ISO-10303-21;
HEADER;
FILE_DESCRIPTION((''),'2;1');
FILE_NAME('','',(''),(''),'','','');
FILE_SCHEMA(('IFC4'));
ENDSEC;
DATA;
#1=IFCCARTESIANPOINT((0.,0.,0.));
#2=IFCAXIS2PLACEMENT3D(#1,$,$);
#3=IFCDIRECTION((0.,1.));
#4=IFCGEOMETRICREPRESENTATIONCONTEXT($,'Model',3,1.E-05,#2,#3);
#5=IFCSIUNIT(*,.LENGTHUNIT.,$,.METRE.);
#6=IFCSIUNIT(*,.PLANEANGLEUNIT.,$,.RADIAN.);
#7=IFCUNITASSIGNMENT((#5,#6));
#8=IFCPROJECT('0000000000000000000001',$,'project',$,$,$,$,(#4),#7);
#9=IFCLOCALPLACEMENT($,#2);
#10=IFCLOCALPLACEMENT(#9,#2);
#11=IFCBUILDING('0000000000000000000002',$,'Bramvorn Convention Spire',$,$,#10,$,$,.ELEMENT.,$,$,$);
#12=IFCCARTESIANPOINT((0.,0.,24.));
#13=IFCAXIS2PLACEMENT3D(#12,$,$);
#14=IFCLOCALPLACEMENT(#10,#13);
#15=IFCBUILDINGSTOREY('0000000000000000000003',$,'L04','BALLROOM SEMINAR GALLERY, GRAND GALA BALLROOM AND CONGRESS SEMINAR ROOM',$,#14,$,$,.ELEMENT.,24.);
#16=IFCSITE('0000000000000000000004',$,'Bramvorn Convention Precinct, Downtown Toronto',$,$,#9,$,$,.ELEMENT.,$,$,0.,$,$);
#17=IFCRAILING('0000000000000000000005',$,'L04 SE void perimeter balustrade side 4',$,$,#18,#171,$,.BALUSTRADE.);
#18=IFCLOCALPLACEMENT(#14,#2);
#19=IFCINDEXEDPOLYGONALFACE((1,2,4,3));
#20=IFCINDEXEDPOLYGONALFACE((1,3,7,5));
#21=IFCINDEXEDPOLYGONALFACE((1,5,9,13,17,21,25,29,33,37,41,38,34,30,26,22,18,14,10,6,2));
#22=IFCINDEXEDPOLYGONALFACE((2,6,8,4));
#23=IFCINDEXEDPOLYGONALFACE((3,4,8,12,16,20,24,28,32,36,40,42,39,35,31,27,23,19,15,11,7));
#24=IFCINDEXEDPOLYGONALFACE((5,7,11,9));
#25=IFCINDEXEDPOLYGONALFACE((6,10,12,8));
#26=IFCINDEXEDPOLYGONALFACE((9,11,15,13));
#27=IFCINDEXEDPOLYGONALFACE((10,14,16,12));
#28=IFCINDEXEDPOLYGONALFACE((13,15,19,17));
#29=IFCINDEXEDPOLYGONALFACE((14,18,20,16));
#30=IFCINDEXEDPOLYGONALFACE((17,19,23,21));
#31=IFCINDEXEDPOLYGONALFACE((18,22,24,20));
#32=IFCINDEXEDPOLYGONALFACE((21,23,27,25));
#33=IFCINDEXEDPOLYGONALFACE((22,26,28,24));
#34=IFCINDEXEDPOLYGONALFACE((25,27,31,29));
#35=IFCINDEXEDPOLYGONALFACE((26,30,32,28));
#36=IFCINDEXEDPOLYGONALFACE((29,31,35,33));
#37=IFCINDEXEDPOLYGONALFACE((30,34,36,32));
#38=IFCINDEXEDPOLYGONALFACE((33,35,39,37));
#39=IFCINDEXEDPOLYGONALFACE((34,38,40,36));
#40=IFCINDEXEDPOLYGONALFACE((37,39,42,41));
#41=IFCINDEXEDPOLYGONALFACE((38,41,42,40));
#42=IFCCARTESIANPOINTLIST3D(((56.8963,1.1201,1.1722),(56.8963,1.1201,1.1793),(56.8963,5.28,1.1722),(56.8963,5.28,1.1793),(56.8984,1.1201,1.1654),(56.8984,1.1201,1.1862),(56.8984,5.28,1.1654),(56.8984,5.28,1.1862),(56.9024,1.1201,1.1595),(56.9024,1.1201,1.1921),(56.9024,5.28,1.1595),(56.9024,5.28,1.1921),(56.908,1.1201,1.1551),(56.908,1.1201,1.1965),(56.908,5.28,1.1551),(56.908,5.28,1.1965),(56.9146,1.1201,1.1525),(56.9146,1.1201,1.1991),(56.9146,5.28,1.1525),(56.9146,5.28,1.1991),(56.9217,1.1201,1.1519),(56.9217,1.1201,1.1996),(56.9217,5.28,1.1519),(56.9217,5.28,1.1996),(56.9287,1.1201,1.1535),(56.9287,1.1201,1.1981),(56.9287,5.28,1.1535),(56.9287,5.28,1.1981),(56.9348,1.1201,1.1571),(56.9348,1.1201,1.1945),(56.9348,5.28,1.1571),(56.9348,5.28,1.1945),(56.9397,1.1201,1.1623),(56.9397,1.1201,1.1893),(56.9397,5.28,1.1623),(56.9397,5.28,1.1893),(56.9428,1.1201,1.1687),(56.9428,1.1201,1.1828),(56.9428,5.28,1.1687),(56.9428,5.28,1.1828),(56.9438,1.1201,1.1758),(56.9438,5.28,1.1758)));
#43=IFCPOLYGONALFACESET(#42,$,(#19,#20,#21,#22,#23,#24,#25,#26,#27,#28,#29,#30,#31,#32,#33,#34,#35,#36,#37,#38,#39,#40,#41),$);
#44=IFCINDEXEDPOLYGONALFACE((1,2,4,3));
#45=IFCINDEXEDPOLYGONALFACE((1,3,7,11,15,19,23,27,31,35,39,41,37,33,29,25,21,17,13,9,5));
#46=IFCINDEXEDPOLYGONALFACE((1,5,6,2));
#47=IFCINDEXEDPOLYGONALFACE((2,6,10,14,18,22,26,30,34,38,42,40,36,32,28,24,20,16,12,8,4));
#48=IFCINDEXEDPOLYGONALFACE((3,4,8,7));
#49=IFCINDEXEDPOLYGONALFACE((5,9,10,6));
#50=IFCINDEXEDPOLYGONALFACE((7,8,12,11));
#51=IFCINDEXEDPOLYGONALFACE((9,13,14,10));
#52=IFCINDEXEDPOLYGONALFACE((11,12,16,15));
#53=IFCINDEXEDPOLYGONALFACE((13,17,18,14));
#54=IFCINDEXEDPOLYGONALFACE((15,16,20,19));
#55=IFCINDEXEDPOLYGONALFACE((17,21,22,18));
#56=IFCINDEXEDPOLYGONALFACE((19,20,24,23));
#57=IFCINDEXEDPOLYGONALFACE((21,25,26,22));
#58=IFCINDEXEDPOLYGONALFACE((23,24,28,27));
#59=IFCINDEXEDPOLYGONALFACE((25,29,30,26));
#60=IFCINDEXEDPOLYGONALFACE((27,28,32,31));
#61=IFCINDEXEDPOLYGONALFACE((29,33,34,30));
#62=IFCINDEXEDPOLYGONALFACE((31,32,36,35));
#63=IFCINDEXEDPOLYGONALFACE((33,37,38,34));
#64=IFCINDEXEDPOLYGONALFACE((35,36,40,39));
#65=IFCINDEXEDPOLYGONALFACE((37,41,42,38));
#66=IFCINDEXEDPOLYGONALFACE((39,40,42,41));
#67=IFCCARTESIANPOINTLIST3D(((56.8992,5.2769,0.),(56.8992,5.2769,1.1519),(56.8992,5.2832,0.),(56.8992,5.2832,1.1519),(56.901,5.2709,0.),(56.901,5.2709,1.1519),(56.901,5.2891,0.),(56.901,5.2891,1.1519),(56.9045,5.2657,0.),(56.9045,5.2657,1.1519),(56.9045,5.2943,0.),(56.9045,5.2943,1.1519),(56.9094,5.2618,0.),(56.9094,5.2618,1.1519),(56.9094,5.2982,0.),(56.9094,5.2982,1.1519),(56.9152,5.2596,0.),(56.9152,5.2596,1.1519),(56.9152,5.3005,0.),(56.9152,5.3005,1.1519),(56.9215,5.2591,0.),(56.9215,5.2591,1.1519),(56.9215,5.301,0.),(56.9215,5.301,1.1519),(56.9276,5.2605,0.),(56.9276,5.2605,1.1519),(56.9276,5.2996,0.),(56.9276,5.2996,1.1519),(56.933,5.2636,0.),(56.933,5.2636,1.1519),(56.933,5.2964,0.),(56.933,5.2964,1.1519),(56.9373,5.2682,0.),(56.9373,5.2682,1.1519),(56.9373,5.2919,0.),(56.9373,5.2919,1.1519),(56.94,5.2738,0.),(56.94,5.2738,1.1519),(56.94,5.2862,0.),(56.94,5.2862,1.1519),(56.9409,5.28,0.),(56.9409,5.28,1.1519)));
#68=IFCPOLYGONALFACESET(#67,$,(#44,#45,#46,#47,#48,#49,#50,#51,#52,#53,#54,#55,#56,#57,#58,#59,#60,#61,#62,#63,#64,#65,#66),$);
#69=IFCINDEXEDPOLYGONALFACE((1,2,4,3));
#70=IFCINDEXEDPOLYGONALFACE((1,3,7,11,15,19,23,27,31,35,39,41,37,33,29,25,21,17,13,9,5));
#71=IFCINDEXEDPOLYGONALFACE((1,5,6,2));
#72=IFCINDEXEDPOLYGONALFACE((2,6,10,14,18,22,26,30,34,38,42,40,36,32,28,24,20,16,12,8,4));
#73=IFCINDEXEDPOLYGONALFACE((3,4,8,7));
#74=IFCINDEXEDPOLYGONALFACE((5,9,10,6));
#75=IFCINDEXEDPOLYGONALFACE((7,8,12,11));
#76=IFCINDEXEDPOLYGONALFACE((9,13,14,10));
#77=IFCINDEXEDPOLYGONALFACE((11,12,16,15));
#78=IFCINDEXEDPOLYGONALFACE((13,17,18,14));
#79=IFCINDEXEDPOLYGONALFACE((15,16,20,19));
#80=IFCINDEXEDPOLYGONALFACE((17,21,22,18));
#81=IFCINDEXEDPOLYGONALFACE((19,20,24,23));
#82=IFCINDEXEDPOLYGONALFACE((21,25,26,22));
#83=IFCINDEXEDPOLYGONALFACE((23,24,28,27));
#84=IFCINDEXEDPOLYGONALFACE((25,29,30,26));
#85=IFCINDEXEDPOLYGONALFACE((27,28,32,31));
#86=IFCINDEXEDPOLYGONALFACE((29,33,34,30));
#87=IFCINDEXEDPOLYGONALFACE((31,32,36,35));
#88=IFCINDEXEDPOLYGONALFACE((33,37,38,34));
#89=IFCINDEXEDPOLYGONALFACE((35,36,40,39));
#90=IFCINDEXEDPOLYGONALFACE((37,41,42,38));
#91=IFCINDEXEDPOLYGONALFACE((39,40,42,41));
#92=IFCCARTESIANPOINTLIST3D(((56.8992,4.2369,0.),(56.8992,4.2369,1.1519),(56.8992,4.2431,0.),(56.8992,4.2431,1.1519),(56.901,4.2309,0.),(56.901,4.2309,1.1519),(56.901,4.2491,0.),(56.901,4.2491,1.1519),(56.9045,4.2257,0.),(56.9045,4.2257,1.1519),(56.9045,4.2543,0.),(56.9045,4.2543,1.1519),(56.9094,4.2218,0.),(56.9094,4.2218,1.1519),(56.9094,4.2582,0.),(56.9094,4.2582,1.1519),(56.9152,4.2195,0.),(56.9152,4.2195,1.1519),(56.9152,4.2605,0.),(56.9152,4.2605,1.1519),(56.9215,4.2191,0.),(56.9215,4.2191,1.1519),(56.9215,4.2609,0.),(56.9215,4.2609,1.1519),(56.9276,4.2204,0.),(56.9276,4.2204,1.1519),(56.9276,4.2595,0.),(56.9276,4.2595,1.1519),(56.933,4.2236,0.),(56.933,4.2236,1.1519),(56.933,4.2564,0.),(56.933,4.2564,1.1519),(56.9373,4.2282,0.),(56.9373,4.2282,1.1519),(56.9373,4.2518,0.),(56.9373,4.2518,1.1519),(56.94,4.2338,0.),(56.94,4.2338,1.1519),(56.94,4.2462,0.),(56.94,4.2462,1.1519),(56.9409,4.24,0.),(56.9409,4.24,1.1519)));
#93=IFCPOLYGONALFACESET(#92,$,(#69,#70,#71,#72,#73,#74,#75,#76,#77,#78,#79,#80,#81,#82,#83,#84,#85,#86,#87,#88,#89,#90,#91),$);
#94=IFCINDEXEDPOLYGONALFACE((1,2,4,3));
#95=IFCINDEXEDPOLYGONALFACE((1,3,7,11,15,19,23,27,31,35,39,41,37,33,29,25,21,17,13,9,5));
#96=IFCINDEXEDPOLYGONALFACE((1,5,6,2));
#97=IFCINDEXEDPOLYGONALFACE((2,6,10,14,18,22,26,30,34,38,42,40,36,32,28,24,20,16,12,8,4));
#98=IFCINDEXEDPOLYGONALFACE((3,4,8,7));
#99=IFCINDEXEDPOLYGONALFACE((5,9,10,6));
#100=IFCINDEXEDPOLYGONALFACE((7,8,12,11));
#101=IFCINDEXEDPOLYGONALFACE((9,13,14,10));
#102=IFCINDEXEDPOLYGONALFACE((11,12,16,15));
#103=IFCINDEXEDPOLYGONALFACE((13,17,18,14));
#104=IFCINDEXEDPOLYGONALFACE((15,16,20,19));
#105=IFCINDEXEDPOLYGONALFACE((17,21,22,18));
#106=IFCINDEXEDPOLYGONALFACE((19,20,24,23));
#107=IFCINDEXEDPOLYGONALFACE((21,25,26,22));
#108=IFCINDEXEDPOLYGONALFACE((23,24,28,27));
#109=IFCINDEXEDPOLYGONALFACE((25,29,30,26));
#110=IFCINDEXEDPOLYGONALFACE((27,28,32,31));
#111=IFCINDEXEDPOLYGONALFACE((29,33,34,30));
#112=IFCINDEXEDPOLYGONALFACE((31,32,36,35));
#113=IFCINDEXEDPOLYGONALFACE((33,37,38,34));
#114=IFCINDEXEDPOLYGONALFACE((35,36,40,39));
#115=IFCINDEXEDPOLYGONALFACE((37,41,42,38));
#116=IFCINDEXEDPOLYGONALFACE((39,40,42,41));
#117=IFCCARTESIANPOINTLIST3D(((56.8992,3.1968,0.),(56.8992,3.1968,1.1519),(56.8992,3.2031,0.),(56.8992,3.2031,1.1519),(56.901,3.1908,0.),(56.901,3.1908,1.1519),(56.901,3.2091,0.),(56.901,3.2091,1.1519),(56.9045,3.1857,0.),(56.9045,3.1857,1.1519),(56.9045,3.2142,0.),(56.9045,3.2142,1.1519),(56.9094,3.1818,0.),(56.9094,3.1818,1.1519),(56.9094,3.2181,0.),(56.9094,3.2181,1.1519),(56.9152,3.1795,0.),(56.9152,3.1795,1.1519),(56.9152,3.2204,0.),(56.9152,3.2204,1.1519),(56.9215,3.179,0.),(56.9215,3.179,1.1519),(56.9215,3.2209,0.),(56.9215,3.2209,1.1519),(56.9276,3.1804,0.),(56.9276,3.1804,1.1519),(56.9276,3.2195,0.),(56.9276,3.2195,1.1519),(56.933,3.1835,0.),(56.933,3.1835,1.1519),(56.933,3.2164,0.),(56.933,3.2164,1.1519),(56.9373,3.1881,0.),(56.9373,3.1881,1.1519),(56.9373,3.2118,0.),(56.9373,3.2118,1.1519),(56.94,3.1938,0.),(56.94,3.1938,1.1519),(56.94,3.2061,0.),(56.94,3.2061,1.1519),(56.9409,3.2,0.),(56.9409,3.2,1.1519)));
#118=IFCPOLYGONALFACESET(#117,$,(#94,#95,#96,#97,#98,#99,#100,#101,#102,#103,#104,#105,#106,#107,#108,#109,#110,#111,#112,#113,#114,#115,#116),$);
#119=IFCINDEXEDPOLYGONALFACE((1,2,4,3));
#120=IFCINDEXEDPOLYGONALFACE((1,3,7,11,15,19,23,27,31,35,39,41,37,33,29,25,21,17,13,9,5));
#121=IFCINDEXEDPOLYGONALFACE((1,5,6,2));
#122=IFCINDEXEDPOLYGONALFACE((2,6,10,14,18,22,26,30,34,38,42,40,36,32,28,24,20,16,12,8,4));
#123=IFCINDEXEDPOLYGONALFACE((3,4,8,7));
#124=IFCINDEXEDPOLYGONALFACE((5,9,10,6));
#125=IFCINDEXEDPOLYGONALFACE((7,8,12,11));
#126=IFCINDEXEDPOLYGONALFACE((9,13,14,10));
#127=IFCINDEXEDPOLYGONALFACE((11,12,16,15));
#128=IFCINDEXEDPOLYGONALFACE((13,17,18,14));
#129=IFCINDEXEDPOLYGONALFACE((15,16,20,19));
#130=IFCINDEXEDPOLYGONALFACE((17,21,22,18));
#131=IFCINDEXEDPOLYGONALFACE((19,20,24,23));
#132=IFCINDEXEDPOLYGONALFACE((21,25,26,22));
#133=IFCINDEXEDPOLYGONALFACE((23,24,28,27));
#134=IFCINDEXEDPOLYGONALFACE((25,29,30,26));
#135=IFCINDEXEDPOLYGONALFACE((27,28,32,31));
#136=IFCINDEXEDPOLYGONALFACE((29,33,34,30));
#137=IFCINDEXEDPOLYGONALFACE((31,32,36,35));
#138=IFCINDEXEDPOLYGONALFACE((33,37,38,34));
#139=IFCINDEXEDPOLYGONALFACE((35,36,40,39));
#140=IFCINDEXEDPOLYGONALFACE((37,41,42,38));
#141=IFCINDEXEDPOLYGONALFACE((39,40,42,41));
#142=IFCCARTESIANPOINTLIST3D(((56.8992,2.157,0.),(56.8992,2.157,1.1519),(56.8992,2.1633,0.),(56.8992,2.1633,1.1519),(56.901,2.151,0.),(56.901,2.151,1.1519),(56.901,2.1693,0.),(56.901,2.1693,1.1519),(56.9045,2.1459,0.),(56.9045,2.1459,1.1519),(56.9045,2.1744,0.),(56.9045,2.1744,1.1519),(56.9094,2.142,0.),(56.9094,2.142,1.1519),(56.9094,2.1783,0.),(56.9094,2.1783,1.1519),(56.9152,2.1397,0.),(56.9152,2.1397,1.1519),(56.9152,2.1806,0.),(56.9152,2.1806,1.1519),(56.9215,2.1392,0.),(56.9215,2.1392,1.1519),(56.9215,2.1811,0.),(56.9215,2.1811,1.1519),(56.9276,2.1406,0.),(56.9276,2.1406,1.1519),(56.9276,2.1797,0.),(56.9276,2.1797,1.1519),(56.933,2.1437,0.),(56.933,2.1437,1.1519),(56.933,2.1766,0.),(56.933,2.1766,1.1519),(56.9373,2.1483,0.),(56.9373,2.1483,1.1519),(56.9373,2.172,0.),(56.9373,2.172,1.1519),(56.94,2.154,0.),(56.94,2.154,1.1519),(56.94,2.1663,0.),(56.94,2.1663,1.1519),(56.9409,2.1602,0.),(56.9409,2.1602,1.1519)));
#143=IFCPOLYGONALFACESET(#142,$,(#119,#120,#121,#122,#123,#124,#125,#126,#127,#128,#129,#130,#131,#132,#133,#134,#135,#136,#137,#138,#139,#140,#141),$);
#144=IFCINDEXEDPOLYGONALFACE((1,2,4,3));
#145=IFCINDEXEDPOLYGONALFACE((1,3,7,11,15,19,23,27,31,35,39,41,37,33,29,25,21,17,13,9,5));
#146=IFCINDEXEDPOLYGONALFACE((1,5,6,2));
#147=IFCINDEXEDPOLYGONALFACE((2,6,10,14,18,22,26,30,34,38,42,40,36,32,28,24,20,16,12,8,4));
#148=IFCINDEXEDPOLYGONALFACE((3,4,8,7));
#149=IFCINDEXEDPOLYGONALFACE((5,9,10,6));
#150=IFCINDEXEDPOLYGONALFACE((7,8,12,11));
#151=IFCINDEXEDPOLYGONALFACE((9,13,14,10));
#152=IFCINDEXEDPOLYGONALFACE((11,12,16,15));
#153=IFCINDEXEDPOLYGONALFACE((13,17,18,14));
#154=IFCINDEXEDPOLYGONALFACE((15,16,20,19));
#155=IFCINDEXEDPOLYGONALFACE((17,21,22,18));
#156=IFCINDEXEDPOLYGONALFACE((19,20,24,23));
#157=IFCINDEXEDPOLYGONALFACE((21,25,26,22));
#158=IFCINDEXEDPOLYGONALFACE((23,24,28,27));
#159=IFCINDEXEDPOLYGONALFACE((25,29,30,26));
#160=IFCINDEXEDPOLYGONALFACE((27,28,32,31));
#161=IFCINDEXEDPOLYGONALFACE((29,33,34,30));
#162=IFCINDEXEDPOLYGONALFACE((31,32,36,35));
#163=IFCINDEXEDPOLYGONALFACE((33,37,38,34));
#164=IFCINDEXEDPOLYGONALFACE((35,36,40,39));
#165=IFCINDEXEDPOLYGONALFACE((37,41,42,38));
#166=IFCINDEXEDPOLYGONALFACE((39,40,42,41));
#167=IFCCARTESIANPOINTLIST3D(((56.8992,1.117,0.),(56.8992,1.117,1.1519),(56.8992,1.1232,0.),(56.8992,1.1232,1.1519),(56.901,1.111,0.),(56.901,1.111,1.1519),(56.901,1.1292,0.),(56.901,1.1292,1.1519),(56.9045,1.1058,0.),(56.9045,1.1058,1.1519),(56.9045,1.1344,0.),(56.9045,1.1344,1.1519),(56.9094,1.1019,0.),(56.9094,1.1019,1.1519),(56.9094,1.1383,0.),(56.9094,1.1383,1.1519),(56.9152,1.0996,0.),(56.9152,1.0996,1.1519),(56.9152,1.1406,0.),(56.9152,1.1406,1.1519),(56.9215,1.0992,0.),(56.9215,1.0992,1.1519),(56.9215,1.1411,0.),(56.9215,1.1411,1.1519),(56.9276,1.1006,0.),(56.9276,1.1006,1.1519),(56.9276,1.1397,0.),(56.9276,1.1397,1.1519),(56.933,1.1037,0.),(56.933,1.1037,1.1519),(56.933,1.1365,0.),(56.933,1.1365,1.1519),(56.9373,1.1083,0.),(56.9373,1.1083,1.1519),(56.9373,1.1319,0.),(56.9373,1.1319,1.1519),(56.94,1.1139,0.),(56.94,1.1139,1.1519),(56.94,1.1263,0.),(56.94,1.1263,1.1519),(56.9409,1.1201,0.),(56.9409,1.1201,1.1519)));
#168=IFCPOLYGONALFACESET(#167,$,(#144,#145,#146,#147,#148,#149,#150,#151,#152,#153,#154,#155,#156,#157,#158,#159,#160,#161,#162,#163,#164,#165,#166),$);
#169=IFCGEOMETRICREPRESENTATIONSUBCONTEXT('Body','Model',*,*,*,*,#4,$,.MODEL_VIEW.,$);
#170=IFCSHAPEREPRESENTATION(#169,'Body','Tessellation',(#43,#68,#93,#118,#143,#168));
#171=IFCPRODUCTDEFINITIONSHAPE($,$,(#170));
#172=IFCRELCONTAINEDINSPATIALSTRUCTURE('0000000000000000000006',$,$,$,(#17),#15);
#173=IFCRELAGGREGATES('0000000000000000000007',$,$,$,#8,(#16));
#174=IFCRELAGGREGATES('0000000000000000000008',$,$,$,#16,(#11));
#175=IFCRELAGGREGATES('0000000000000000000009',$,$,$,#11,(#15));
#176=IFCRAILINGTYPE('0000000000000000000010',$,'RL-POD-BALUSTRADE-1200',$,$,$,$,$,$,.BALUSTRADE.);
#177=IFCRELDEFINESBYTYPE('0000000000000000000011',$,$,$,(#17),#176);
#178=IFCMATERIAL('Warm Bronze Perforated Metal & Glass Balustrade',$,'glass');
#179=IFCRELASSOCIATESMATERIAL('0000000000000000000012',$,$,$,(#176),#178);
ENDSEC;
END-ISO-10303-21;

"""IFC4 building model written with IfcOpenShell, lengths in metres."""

from ifc_helpers import new_model, si_unit, direction, frame, origin, origin_2d, place, context, subcontext, project, spatial, circle, extrude, material, type_object, element, save


model = new_model("IFC4")

# Units and contexts
model_context = context("Model", 3, precision=1e-05, world=origin(), true_north=direction((0.0, 1.0)))
body_context = subcontext(model_context, "Body", "Model", "MODEL_VIEW")
ifc_project = project(units=[si_unit("LENGTHUNIT", "METRE"), si_unit("PLANEANGLEUNIT", "RADIAN")], contexts=[model_context])

# Site, building, storey
site_placement = place(None, origin())
site = spatial("IfcSite", under=ifc_project, at=site_placement, Name="Bramvorn Convention Precinct, Downtown Toronto", CompositionType="ELEMENT", RefElevation=0.0)
building_placement = place(site_placement, origin())
building = spatial("IfcBuilding", under=site, at=building_placement, Name="Bramvorn Convention Spire", CompositionType="ELEMENT")
storey_placement = place(building_placement, frame((0.0, 0.0, 24.0)))
storey = spatial("IfcBuildingStorey", under=building, at=storey_placement, Name="L04", Description="BALLROOM SEMINAR GALLERY, GRAND GALA BALLROOM AND CONGRESS SEMINAR ROOM", CompositionType="ELEMENT", Elevation=24.0)

# Railing
ifc_material_1 = material(Name="Warm Bronze Perforated Metal & Glass Balustrade", Category="glass")
railing_type = type_object("IfcRailingType", Name="RL-POD-BALUSTRADE-1200", PredefinedType="BALUSTRADE", material=ifc_material_1)
railing_1_placement = place(storey_placement, frame((56.9199, 5.28, 0.0)))
element("IfcRailing", 1, at=railing_1_placement, inside=storey, type_object=railing_type, Name="L04 SE void perimeter balustrade side 4", PredefinedType="BALUSTRADE", context=body_context, shape_type="SweptSolid", body=[
    extrude(circle(Radius=0.0239, at=origin_2d()), frame((0.0, 0.0, 1.1758), z_axis=(0.0, -1.0, 0.0), x_axis=(1.0, 0.0, 0.0)), (0.0, 0.0, 1.0), 4.1599),
    extrude(circle(Radius=0.021, at=origin_2d()), origin(), (0.0, 0.0, 1.0), 1.1519),
    extrude(circle(Radius=0.021, at=origin_2d()), frame((0.0, -1.04, 0.0)), (0.0, 0.0, 1.0), 1.1519),
    extrude(circle(Radius=0.021, at=origin_2d()), frame((0.0, -2.0801, 0.0)), (0.0, 0.0, 1.0), 1.1519),
    extrude(circle(Radius=0.021, at=origin_2d()), frame((0.0, -3.1199, 0.0)), (0.0, 0.0, 1.0), 1.1519),
    extrude(circle(Radius=0.021, at=origin_2d()), frame((0.0, -4.1599, 0.0)), (0.0, 0.0, 1.0), 1.1519),
])

save(model, "model.ifc")
